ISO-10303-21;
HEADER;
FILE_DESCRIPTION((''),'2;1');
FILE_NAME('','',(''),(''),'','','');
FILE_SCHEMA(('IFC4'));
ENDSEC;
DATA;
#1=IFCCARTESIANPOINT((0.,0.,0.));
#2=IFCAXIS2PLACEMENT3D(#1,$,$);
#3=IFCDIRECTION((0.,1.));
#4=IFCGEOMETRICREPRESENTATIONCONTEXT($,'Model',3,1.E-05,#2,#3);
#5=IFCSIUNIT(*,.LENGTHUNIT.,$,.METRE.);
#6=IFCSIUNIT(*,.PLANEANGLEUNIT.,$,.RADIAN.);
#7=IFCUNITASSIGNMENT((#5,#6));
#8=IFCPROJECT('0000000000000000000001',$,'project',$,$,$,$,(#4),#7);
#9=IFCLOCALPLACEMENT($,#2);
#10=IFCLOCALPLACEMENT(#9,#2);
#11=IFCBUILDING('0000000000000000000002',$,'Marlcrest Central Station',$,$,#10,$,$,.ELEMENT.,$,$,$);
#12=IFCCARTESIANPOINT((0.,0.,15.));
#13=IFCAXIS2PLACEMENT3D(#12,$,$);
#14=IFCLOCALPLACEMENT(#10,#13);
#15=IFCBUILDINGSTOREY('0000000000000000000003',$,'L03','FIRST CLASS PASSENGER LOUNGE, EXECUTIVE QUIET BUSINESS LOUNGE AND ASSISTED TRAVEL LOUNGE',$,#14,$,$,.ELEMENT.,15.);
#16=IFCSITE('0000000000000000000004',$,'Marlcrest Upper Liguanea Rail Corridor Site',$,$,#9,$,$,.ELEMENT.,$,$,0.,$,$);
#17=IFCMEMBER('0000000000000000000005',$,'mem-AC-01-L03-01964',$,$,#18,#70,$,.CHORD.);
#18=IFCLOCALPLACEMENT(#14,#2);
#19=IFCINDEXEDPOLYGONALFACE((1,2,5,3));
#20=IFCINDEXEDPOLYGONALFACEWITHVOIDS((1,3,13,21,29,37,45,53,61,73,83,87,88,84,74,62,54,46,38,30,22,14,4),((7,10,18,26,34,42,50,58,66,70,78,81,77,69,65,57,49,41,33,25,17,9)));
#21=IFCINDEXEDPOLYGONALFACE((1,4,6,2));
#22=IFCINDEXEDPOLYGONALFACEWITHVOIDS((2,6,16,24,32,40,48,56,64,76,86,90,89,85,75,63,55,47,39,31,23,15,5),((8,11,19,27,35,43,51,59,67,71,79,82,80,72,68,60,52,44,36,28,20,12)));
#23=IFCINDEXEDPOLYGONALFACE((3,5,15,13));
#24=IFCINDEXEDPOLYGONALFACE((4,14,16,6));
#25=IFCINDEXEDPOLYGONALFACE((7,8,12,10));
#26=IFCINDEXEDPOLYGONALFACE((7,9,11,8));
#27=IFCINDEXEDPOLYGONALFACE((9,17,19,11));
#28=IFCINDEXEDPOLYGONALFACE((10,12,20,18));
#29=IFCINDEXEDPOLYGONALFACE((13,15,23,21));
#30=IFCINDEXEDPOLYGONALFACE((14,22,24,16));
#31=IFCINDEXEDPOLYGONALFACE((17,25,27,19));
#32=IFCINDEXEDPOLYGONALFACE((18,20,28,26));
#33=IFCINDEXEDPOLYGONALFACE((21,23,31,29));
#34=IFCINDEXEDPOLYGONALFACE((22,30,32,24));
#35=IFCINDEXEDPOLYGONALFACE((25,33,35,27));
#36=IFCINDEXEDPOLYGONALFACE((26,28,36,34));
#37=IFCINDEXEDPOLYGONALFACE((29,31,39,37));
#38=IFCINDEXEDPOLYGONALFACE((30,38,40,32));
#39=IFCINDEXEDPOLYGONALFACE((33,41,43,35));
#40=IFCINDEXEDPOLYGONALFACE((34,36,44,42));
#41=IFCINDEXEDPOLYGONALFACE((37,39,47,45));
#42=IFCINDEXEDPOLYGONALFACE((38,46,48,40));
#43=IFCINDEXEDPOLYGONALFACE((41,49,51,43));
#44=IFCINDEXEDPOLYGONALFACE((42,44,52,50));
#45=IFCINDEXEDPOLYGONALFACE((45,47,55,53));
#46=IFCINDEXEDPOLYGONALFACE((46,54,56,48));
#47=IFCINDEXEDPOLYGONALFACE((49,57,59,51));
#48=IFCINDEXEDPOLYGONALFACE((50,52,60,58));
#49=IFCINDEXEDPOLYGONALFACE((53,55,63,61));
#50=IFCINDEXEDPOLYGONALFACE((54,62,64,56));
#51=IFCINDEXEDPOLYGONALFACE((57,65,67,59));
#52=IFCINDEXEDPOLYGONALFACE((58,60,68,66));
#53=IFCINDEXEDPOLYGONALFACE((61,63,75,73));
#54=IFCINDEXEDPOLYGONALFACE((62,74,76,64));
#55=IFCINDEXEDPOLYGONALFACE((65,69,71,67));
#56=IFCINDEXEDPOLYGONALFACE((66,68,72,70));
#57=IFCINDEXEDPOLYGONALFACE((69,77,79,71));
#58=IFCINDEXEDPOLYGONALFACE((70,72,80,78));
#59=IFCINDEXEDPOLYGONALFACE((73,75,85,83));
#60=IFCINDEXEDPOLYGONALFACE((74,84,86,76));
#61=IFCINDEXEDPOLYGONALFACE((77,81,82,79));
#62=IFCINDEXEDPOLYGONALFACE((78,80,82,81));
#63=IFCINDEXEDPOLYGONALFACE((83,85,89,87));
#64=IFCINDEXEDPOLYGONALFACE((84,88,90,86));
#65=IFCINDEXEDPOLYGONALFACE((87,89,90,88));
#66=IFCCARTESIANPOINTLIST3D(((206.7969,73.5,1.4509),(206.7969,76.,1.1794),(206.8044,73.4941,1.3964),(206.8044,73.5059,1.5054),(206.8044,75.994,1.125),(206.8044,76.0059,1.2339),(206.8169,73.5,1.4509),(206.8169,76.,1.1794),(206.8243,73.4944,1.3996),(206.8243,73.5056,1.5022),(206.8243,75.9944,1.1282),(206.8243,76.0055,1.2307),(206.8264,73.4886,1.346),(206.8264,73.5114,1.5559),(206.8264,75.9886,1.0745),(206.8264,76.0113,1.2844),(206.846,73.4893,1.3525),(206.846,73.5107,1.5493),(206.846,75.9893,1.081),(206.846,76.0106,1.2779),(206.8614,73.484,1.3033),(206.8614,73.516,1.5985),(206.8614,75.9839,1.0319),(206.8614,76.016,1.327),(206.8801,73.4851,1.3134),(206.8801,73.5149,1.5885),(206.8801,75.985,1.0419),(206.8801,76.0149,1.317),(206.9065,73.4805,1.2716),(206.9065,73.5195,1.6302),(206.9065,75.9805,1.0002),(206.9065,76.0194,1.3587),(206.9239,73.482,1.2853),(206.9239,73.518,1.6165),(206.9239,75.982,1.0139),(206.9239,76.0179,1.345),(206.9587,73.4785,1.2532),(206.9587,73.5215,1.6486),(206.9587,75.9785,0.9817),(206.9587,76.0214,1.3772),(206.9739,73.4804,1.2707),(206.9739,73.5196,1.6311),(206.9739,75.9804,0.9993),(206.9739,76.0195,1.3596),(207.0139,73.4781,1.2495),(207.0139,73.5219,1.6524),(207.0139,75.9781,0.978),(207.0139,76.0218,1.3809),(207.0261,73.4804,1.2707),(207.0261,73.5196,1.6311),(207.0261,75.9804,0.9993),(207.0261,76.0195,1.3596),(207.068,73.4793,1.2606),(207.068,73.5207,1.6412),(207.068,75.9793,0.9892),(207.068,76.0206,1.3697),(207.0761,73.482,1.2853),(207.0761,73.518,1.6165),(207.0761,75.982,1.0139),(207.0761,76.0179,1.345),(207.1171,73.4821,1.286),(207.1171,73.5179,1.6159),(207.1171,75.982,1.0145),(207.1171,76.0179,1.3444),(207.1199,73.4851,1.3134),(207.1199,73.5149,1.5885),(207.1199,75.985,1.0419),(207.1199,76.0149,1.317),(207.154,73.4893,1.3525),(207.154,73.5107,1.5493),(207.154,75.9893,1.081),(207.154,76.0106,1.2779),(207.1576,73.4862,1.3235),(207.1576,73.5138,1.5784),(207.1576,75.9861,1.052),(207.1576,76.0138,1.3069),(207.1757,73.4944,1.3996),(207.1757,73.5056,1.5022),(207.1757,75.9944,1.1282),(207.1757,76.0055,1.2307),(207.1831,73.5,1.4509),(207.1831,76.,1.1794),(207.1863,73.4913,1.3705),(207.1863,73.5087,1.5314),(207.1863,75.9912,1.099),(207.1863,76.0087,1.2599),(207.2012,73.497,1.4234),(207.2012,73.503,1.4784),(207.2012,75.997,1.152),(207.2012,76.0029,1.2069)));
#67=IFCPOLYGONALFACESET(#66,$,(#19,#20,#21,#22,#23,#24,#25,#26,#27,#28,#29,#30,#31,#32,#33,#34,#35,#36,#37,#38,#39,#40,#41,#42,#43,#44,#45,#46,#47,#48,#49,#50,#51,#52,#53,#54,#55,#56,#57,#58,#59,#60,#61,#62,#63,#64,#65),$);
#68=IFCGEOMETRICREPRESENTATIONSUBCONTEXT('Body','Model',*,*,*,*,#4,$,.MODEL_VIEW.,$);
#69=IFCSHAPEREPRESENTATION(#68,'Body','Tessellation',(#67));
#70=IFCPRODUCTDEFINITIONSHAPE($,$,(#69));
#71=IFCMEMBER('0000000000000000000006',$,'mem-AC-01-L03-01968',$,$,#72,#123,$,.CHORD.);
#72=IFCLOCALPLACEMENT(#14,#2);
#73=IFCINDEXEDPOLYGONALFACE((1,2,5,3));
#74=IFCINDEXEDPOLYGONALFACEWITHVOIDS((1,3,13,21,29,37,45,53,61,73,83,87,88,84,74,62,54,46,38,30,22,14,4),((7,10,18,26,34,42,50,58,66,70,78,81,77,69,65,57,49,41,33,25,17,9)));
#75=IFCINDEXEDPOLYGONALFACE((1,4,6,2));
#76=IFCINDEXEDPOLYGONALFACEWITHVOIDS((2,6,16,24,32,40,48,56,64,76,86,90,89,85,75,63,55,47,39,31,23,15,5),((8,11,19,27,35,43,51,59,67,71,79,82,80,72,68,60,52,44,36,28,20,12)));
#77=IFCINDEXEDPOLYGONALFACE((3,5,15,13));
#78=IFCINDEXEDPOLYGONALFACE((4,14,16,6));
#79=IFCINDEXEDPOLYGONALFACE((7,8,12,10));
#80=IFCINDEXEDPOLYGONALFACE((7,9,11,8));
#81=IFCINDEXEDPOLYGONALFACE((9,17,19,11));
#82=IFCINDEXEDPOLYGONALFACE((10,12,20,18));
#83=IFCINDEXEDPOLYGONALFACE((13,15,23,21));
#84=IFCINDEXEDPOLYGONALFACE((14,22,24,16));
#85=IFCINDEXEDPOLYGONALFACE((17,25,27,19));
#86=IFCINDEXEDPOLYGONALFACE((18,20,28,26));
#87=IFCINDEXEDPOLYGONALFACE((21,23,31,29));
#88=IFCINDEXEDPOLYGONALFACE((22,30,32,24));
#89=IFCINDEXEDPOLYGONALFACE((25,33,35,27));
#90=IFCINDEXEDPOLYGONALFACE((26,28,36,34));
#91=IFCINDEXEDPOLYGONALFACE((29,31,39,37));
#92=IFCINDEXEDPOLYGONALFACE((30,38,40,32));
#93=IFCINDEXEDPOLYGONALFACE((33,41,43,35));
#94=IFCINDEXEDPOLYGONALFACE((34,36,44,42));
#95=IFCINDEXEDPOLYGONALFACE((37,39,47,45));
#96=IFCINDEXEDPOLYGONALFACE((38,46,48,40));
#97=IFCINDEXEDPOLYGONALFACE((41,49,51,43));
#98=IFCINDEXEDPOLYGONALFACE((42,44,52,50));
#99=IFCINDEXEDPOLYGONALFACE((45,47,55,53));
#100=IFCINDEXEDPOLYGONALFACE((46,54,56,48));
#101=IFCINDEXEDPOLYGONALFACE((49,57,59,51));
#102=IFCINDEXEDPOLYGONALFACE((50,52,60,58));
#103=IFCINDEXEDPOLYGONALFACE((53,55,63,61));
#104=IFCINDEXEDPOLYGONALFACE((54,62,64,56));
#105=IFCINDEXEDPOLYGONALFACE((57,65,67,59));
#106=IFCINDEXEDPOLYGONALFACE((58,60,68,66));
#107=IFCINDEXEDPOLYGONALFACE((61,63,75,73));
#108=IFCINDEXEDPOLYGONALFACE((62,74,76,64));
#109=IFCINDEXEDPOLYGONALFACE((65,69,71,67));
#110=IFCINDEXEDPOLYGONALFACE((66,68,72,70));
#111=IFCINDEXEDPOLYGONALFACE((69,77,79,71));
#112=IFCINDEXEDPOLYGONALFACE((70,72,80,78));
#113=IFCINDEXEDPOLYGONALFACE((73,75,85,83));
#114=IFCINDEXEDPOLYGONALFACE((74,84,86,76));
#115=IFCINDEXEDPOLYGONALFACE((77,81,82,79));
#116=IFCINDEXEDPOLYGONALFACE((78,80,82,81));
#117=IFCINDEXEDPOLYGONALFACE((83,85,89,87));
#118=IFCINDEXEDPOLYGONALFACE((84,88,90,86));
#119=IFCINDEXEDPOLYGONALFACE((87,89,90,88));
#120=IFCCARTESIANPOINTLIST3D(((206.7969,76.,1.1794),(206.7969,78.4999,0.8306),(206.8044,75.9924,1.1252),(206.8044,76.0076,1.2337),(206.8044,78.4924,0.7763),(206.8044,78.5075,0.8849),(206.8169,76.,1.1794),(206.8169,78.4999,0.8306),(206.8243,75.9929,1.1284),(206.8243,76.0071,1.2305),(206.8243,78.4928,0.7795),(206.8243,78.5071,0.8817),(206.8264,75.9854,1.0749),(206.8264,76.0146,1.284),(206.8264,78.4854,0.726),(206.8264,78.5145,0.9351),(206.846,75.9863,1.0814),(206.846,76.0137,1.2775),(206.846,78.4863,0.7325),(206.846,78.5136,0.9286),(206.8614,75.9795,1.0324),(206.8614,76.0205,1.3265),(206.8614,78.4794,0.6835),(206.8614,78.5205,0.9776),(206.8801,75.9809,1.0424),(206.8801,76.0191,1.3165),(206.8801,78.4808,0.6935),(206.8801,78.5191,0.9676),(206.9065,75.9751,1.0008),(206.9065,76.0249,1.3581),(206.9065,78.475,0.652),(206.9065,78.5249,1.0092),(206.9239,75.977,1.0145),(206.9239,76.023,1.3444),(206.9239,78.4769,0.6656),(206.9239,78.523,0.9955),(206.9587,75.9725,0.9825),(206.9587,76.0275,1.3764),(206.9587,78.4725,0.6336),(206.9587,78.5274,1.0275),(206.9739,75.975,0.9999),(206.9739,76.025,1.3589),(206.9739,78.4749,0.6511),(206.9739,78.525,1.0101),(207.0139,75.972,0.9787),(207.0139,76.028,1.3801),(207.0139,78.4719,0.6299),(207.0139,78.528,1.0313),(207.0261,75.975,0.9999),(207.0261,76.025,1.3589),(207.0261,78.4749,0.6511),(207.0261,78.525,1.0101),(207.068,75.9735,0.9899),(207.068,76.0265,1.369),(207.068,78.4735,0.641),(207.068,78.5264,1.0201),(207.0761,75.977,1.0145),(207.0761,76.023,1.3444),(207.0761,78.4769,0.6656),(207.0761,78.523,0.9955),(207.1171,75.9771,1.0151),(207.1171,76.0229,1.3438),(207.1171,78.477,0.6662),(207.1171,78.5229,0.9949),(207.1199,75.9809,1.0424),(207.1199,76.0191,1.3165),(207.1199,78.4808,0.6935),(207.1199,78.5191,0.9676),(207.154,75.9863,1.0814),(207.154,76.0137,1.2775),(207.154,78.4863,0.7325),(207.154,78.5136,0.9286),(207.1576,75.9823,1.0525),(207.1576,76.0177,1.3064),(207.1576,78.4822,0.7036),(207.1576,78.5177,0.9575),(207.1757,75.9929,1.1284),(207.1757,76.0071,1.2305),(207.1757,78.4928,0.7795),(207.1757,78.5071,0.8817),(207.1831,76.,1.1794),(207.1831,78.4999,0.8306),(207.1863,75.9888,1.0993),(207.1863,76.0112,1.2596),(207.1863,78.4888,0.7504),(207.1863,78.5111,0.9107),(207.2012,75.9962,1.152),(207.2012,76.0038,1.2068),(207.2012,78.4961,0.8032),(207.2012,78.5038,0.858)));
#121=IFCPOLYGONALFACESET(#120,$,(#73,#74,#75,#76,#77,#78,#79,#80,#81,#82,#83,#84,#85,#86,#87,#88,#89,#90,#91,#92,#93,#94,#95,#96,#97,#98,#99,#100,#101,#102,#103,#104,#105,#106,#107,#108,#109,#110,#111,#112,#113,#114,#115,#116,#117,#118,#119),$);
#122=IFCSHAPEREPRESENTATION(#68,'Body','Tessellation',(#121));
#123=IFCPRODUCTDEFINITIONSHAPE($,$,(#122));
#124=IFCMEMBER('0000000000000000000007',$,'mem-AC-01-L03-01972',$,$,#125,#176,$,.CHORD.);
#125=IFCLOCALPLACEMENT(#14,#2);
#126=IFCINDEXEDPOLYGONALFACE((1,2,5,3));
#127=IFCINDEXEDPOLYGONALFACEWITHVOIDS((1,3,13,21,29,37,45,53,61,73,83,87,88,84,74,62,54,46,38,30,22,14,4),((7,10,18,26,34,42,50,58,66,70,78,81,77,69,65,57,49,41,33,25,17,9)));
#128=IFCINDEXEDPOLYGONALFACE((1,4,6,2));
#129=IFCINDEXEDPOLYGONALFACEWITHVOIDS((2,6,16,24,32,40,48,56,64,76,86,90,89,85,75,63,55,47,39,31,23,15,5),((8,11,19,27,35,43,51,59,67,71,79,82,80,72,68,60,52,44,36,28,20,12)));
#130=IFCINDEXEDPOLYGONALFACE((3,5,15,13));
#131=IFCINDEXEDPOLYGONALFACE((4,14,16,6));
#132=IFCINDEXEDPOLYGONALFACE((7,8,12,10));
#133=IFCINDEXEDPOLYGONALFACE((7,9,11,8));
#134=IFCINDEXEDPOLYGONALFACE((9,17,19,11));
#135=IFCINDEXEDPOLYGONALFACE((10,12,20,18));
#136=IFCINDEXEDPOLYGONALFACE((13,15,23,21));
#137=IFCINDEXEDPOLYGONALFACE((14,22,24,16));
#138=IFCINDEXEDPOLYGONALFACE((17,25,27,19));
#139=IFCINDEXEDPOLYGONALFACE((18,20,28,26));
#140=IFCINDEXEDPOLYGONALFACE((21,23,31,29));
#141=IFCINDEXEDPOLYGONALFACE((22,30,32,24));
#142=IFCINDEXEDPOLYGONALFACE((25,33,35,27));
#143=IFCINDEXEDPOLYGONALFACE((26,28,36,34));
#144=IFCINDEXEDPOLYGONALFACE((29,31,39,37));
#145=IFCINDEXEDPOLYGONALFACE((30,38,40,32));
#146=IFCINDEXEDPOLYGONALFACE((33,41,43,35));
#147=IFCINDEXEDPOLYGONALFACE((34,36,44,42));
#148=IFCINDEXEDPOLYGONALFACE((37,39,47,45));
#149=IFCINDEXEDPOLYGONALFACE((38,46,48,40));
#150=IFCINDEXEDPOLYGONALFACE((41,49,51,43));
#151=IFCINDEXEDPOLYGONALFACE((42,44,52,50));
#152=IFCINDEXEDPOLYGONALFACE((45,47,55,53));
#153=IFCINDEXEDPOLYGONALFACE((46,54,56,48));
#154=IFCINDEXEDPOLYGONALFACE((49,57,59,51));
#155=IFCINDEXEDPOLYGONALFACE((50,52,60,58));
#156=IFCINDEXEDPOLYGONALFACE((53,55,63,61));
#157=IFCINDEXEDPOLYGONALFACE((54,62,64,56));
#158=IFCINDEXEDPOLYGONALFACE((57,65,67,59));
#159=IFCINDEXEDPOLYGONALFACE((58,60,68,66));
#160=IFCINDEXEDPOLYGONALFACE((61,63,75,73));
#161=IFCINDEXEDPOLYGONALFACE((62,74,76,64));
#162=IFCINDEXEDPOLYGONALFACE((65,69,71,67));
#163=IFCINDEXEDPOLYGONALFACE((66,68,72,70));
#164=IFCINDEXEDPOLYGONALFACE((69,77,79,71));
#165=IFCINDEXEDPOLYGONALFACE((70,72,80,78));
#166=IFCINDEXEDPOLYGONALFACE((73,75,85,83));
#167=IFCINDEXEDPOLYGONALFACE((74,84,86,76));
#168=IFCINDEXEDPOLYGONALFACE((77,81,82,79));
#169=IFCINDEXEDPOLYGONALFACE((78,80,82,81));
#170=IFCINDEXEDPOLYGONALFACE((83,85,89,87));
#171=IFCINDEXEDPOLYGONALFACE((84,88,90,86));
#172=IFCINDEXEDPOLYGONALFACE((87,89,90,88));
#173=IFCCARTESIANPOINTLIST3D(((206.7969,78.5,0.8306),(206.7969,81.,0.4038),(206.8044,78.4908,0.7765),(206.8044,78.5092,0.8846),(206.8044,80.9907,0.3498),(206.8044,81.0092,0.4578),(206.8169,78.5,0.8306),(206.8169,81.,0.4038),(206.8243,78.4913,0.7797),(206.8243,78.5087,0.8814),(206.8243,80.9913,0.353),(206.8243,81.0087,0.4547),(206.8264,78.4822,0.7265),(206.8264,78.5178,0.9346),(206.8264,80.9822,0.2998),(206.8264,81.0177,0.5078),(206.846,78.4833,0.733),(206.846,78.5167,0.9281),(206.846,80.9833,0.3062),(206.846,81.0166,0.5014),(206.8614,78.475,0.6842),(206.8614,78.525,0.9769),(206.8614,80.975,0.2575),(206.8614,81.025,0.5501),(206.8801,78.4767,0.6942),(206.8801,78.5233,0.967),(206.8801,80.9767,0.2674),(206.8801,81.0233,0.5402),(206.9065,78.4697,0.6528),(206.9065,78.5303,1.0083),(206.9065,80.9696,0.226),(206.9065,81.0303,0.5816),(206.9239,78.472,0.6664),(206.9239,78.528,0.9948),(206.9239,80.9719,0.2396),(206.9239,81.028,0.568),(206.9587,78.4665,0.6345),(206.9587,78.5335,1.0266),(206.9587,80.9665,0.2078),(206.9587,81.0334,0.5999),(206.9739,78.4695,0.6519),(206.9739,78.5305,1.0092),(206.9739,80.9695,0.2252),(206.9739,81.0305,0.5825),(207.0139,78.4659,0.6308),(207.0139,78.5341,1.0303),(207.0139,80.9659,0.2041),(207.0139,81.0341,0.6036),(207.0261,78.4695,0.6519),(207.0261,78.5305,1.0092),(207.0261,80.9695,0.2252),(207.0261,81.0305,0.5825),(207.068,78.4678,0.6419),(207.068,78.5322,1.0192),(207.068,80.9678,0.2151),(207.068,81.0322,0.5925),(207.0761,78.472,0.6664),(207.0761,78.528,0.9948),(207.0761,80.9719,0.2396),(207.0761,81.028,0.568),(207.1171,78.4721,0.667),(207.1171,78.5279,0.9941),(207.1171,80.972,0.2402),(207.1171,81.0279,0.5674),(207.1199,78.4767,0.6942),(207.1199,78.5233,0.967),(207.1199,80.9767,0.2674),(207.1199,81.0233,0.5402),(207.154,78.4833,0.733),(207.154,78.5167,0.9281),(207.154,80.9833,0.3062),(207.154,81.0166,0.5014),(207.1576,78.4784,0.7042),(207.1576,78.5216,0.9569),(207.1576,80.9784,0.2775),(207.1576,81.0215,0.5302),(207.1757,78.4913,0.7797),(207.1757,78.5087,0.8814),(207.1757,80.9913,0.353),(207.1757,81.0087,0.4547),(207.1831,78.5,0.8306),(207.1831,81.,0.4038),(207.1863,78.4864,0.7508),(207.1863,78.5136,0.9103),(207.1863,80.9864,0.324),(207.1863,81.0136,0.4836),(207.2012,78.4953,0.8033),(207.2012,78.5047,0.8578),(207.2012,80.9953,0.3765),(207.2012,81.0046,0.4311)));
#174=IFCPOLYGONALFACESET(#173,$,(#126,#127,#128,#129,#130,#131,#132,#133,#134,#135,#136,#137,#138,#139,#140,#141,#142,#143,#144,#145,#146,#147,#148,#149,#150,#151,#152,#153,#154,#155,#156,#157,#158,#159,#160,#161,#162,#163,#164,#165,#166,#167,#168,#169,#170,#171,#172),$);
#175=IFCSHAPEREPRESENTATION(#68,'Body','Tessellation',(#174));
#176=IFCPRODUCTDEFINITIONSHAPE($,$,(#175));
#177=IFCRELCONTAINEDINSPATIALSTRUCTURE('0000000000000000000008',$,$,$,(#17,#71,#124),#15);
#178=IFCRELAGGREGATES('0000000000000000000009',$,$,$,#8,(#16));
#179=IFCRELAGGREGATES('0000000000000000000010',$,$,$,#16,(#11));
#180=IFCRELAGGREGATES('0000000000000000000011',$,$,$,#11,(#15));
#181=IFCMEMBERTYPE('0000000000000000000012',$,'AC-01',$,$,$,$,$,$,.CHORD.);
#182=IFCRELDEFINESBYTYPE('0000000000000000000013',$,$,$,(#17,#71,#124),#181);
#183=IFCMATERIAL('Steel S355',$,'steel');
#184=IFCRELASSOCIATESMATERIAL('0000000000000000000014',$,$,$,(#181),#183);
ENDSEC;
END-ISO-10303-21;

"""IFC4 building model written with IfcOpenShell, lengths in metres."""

from ifc_helpers import new_model, si_unit, direction, frame, origin, origin_2d, place, context, subcontext, project, spatial, hollow_circle, extrude, material, material_profile, profile_set, type_object, element, save


model = new_model("IFC4")

# Units and contexts
model_context = context("Model", 3, precision=1e-05, world=origin(), true_north=direction((0.0, 1.0)))
body_context = subcontext(model_context, "Body", "Model", "MODEL_VIEW")
ifc_project = project(units=[si_unit("LENGTHUNIT", "METRE"), si_unit("PLANEANGLEUNIT", "RADIAN")], contexts=[model_context])

# Site, building, storey
site_placement = place(None, origin())
site = spatial("IfcSite", under=ifc_project, at=site_placement, Name="Marlcrest Upper Liguanea Rail Corridor Site", CompositionType="ELEMENT", RefElevation=0.0)
building_placement = place(site_placement, origin())
building = spatial("IfcBuilding", under=site, at=building_placement, Name="Marlcrest Central Station", CompositionType="ELEMENT")
storey_placement = place(building_placement, frame((0.0, 0.0, 15.0)))
storey = spatial("IfcBuildingStorey", under=building, at=storey_placement, Name="L03", Description="FIRST CLASS PASSENGER LOUNGE, EXECUTIVE QUIET BUSINESS LOUNGE AND ASSISTED TRAVEL LOUNGE", CompositionType="ELEMENT", Elevation=15.0)

# Members
ifc_material_1 = material(Name="Steel S355", Category="steel")
ifc_material_profile_1 = material_profile(ifc_material_1, hollow_circle(Radius=0.2031, WallThickness=0.02, at=origin_2d()), Name="CHS 406.4x20")
ifc_profile_set_1 = profile_set([ifc_material_profile_1], Name="Steel S355")
member_type_1 = type_object("IfcMemberType", Name="AC-01", PredefinedType="CHORD", material=ifc_profile_set_1)
member_1_placement = place(storey_placement, frame((207.0, 73.5, 1.4509), z_axis=(0.0, 0.994155, -0.107959), x_axis=(-1.0, 0.0, 0.0)))
element("IfcMember", 1, at=member_1_placement, inside=storey, type_object=member_type_1, Name="mem-AC-01-L03-01964", PredefinedType="CHORD", context=body_context, shape_type="SweptSolid", body=[
    extrude(hollow_circle(Radius=0.2031, WallThickness=0.02, at=origin_2d()), origin(), (0.0, 0.0, 1.0), 2.5146),
])
member_2_placement = place(storey_placement, frame((207.0, 76.0, 1.1794), z_axis=(0.0, 0.990403, -0.138211), x_axis=(-1.0, 0.0, 0.0)))
element("IfcMember", 2, at=member_2_placement, inside=storey, type_object=member_type_1, Name="mem-AC-01-L03-01968", PredefinedType="CHORD", context=body_context, shape_type="SweptSolid", body=[
    extrude(hollow_circle(Radius=0.2031, WallThickness=0.02, at=origin_2d()), origin(), (0.0, 0.0, 1.0), 2.5242),
])
member_3_placement = place(storey_placement, frame((207.0, 78.5, 0.8306), z_axis=(0.0, 0.985741, -0.168269), x_axis=(-1.0, 0.0, 0.0)))
element("IfcMember", 3, at=member_3_placement, inside=storey, type_object=member_type_1, Name="mem-AC-01-L03-01972", PredefinedType="CHORD", context=body_context, shape_type="SweptSolid", body=[
    extrude(hollow_circle(Radius=0.2031, WallThickness=0.02, at=origin_2d()), origin(), (0.0, 0.0, 1.0), 2.5361),
])

save(model, "model.ifc")
